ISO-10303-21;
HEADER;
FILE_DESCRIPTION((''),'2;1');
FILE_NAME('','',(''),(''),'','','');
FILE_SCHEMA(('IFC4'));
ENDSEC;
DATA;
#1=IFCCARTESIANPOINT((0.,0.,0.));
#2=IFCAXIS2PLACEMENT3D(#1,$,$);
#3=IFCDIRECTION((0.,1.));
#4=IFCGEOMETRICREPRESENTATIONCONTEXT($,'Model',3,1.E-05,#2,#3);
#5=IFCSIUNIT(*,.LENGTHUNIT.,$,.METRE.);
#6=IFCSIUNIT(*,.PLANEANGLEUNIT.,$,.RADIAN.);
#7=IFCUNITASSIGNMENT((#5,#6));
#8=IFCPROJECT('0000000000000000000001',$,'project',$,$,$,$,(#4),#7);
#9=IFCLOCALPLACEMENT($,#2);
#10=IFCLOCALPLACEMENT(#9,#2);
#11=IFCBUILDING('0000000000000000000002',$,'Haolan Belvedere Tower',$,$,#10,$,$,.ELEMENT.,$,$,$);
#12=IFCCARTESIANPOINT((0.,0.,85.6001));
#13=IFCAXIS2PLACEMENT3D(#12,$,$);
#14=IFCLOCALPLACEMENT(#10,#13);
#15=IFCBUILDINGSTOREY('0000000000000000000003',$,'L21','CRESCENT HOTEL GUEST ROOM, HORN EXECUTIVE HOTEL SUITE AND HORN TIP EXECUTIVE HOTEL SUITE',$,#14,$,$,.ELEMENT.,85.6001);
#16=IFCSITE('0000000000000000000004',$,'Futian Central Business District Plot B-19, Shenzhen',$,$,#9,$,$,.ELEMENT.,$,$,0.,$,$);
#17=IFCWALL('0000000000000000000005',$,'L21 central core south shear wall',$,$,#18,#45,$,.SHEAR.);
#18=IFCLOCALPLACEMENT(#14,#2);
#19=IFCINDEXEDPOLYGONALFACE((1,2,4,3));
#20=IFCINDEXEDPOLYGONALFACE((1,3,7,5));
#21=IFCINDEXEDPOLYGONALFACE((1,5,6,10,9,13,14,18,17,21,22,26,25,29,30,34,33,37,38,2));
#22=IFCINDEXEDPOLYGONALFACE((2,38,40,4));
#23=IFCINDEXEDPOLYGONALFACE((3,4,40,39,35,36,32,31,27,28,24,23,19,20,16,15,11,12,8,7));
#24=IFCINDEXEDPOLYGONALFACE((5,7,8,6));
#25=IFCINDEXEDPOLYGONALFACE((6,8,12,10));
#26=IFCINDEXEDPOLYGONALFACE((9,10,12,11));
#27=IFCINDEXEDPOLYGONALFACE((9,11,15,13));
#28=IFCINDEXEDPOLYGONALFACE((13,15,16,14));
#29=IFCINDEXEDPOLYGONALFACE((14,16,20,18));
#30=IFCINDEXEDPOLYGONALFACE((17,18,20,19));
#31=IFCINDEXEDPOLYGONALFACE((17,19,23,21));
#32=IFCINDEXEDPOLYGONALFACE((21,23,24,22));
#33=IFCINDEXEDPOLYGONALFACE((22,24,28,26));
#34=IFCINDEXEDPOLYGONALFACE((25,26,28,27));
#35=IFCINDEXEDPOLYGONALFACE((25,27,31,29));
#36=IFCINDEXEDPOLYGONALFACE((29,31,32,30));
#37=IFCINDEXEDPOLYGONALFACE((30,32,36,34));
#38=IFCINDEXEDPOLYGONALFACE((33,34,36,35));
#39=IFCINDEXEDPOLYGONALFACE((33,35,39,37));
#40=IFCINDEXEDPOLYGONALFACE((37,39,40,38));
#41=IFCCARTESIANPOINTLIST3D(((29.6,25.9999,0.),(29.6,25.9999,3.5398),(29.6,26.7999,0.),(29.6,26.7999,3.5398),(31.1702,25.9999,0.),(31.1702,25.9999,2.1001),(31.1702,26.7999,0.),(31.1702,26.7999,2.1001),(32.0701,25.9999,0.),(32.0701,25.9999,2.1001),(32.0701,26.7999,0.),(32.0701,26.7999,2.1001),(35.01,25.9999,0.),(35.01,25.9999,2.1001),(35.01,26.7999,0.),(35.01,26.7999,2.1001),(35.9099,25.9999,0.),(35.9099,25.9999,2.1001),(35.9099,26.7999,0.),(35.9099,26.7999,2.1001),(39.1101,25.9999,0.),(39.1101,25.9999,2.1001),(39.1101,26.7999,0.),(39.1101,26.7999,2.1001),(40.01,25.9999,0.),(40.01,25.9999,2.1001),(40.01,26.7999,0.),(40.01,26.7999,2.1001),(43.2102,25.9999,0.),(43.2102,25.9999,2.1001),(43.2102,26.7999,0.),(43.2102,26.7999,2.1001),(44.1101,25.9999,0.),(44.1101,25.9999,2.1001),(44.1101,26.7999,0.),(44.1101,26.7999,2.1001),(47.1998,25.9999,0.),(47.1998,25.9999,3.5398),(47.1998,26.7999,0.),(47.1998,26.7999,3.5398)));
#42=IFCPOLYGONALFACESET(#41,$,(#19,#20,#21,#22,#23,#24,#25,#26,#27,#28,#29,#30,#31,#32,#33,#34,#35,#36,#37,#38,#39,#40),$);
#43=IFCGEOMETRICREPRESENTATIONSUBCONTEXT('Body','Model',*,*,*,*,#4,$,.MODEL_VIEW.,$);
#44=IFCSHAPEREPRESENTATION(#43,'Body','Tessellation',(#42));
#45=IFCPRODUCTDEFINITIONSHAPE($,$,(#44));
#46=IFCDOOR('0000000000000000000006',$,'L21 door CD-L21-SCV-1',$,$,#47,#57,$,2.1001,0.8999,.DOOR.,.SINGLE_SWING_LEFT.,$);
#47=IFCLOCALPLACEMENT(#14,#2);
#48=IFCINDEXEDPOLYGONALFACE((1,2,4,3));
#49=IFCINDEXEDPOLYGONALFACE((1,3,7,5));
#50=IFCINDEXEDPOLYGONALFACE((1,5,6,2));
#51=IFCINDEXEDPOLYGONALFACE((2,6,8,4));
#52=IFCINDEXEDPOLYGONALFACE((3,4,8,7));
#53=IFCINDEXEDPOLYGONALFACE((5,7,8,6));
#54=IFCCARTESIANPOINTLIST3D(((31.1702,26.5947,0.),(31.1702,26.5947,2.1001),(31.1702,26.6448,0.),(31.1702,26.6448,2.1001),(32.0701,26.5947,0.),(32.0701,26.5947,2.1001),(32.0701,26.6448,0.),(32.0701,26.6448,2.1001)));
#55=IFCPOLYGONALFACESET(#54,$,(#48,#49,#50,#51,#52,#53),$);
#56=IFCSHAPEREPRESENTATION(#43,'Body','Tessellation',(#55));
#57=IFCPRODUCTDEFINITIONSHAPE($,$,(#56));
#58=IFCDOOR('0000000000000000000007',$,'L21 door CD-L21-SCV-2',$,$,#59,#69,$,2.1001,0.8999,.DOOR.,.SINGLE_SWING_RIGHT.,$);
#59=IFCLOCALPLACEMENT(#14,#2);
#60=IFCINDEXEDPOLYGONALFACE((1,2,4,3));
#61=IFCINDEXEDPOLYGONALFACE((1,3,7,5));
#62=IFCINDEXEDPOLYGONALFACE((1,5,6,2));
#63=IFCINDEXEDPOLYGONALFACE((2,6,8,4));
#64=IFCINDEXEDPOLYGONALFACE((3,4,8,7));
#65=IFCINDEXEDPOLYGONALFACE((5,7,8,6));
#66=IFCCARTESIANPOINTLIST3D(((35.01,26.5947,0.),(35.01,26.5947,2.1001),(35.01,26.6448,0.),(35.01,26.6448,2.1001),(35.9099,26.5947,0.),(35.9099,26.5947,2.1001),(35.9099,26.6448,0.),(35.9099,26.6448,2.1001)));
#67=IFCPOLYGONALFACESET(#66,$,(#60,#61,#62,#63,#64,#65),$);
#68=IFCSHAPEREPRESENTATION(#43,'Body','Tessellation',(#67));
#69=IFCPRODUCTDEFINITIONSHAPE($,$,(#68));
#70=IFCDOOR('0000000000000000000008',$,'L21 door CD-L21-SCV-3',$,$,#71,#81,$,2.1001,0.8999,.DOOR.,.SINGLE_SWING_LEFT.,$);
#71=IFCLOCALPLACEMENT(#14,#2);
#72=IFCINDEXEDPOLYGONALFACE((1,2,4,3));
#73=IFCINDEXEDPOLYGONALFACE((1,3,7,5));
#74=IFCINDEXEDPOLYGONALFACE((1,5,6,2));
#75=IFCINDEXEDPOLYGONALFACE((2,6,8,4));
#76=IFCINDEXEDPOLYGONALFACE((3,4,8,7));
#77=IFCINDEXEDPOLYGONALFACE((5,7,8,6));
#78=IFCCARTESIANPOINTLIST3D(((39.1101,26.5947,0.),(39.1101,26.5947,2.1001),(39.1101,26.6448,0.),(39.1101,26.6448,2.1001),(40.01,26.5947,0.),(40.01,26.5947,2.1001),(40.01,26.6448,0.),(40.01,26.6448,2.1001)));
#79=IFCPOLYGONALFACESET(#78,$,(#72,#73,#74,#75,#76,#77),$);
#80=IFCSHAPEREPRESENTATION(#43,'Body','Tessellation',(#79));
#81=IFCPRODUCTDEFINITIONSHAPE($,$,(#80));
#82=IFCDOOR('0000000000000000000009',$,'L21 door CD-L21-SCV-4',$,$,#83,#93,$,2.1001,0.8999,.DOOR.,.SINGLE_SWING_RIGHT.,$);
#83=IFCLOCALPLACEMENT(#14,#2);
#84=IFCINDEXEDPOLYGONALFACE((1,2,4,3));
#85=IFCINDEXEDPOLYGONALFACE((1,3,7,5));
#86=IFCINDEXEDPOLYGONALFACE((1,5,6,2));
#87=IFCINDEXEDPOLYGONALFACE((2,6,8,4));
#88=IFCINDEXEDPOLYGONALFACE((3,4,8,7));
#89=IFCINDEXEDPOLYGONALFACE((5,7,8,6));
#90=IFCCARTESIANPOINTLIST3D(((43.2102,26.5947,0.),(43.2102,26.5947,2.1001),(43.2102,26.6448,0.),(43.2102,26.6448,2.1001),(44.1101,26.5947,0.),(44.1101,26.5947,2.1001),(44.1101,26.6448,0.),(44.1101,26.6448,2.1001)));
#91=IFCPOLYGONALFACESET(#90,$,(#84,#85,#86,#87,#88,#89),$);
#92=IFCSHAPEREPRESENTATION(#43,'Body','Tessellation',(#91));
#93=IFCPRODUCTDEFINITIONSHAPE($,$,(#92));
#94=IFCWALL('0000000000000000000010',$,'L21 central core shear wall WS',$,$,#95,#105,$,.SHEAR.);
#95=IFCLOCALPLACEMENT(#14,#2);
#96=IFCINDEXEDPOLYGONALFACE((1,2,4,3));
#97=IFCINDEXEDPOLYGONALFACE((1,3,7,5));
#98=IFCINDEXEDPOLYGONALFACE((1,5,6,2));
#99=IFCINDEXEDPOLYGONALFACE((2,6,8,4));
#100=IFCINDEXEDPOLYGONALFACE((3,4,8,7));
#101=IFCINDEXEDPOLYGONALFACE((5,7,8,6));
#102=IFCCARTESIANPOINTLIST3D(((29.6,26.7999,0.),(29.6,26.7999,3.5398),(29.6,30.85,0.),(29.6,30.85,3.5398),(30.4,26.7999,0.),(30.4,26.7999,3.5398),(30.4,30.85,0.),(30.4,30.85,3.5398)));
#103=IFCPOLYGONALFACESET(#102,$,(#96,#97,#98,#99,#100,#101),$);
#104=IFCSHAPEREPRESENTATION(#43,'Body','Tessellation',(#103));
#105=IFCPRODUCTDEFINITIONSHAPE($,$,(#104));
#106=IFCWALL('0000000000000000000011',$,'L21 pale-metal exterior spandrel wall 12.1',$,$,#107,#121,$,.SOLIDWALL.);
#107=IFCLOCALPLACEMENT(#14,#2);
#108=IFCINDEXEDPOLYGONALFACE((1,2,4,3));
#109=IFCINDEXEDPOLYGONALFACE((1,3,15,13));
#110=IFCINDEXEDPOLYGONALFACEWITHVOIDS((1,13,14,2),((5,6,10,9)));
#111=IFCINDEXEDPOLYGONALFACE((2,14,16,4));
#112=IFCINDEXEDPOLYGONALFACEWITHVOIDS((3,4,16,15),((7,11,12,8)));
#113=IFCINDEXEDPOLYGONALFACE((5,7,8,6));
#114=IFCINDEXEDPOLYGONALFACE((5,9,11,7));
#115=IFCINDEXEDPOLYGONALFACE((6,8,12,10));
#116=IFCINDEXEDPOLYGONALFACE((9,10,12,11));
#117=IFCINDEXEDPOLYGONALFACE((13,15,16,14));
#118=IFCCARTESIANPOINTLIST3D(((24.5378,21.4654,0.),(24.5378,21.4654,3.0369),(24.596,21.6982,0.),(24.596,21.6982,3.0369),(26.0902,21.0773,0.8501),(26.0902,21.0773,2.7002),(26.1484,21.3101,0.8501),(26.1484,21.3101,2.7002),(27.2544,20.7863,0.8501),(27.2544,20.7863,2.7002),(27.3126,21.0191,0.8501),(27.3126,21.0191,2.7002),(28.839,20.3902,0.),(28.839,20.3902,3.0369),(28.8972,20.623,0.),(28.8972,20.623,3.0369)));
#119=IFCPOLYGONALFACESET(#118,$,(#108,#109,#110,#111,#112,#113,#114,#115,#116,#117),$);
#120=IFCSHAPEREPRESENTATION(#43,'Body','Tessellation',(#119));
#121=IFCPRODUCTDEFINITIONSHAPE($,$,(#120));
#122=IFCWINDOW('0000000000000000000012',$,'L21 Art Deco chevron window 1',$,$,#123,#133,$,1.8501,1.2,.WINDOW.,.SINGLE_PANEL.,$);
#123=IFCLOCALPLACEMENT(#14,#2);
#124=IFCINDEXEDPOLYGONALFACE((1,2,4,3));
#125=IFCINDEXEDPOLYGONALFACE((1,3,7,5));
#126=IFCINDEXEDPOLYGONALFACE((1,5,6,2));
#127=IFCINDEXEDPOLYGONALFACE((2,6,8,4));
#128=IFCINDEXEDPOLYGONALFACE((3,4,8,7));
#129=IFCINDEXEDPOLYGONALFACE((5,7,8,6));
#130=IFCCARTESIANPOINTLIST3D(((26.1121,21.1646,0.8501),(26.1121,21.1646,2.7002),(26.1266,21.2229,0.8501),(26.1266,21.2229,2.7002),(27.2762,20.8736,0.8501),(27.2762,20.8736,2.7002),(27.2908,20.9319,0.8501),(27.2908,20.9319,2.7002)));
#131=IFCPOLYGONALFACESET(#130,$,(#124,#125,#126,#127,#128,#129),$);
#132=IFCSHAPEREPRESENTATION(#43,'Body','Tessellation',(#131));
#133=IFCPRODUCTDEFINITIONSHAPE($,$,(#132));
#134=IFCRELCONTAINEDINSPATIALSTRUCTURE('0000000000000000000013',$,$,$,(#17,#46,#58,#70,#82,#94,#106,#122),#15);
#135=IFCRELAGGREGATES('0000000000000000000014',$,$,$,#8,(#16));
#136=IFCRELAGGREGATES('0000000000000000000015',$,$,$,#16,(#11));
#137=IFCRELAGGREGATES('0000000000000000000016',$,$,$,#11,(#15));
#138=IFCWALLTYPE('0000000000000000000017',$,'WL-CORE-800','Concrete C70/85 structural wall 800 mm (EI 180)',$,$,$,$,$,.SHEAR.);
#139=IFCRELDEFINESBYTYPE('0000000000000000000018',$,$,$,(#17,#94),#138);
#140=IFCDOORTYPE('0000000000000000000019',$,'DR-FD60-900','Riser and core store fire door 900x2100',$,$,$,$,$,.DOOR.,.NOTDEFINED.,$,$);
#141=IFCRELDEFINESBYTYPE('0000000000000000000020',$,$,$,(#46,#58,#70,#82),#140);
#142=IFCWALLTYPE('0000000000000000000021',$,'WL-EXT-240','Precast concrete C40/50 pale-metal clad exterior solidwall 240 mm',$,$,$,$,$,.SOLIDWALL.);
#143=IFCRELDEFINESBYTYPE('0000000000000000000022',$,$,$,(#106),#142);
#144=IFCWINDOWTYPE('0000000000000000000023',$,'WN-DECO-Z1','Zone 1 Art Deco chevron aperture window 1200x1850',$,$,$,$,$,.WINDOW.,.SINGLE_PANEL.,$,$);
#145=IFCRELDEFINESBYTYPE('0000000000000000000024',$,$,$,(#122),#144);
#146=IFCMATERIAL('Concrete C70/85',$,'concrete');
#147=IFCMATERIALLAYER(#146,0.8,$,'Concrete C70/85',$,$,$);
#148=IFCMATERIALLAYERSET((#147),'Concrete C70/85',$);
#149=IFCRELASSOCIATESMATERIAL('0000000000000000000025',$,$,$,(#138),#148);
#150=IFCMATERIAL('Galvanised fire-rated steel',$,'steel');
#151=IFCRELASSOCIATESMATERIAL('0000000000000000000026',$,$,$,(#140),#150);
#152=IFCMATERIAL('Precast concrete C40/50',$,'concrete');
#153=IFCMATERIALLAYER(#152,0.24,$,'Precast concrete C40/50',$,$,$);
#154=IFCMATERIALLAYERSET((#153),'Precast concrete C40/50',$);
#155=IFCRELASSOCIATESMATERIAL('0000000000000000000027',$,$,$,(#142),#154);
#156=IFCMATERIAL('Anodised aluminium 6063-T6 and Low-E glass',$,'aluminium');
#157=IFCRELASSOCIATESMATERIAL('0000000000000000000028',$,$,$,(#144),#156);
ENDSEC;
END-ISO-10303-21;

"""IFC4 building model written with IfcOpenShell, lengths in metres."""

from ifc_helpers import new_model, si_unit, direction, frame, frame_2d, origin, place, context, subcontext, project, spatial, rectangle, extrude, material, layer, layer_set, type_object, element, fill, save


model = new_model("IFC4")

# Units and contexts
model_context = context("Model", 3, precision=1e-05, world=origin(), true_north=direction((0.0, 1.0)))
body_context = subcontext(model_context, "Body", "Model", "MODEL_VIEW")
ifc_project = project(units=[si_unit("LENGTHUNIT", "METRE"), si_unit("PLANEANGLEUNIT", "RADIAN")], contexts=[model_context])

# Site, building, storey
site_placement = place(None, origin())
site = spatial("IfcSite", under=ifc_project, at=site_placement, Name="Futian Central Business District Plot B-19, Shenzhen", CompositionType="ELEMENT", RefElevation=0.0)
building_placement = place(site_placement, origin())
building = spatial("IfcBuilding", under=site, at=building_placement, Name="Haolan Belvedere Tower", CompositionType="ELEMENT")
storey_placement = place(building_placement, frame((0.0, 0.0, 85.6001)))
storey = spatial("IfcBuildingStorey", under=building, at=storey_placement, Name="L21", Description="CRESCENT HOTEL GUEST ROOM, HORN EXECUTIVE HOTEL SUITE AND HORN TIP EXECUTIVE HOTEL SUITE", CompositionType="ELEMENT", Elevation=85.6001)

# Wall, openings, doors
ifc_material_1 = material(Name="Concrete C70/85", Category="concrete")
ifc_layer_1 = layer(ifc_material_1, 0.8, Name="Concrete C70/85")
ifc_layer_set_1 = layer_set([ifc_layer_1], Name="Concrete C70/85")
wall_type_1 = type_object("IfcWallType", Name="WL-CORE-800", Description="Concrete C70/85 structural wall 800 mm (EI 180)", PredefinedType="SHEAR", material=ifc_layer_set_1)
wall_1_placement = place(storey_placement, frame((29.6001, 26.3999, 0.0), z_axis=(0.0, 0.0, 1.0), x_axis=(1.0, 0.0, 0.0)))
wall_1 = element("IfcWall", 1, at=wall_1_placement, inside=storey, type_object=wall_type_1, Name="L21 central core south shear wall", PredefinedType="SHEAR", context=body_context, shape_type="SweptSolid", body=[
    extrude(rectangle(XDim=17.5999, YDim=0.8, at=frame_2d((8.7998, 0.0))), origin(), (0.0, 0.0, 1.0), 3.5398),
])
opening_1_placement = place(wall_1_placement, frame((2.47, 0.0, 0.0), z_axis=(0.0, 0.0, 1.0), x_axis=(-1.0, 0.0, 0.0)))
opening_1 = element("IfcOpeningElement", 2, at=opening_1_placement, cuts=wall_1, PredefinedType="OPENING", context=body_context, shape_type="SweptSolid", body=[
    extrude(rectangle(XDim=0.8999, YDim=2.1001, at=frame_2d((0.45, 1.05))), frame((0.0, 0.4099, 0.0), z_axis=(0.0, -1.0, 0.0), x_axis=(1.0, 0.0, 0.0)), (0.0, 0.0, 1.0), 0.8201),
])
opening_2_placement = place(wall_1_placement, frame((6.3098, 0.0, 0.0), z_axis=(0.0, 0.0, 1.0), x_axis=(-1.0, 0.0, 0.0)))
opening_2 = element("IfcOpeningElement", 3, at=opening_2_placement, cuts=wall_1, PredefinedType="OPENING", context=body_context, shape_type="SweptSolid", body=[
    extrude(rectangle(XDim=0.8999, YDim=2.1001, at=frame_2d((0.45, 1.05))), frame((0.0, 0.4099, 0.0), z_axis=(0.0, -1.0, 0.0), x_axis=(1.0, 0.0, 0.0)), (0.0, 0.0, 1.0), 0.8201),
])
opening_3_placement = place(wall_1_placement, frame((10.4099, 0.0, 0.0), z_axis=(0.0, 0.0, 1.0), x_axis=(-1.0, 0.0, 0.0)))
opening_3 = element("IfcOpeningElement", 4, at=opening_3_placement, cuts=wall_1, PredefinedType="OPENING", context=body_context, shape_type="SweptSolid", body=[
    extrude(rectangle(XDim=0.8999, YDim=2.1001, at=frame_2d((0.45, 1.05))), frame((0.0, 0.4099, 0.0), z_axis=(0.0, -1.0, 0.0), x_axis=(1.0, 0.0, 0.0)), (0.0, 0.0, 1.0), 0.8201),
])
opening_4_placement = place(wall_1_placement, frame((14.51, 0.0, 0.0), z_axis=(0.0, 0.0, 1.0), x_axis=(-1.0, 0.0, 0.0)))
opening_4 = element("IfcOpeningElement", 5, at=opening_4_placement, cuts=wall_1, PredefinedType="OPENING", context=body_context, shape_type="SweptSolid", body=[
    extrude(rectangle(XDim=0.8999, YDim=2.1001, at=frame_2d((0.45, 1.05))), frame((0.0, 0.4099, 0.0), z_axis=(0.0, -1.0, 0.0), x_axis=(1.0, 0.0, 0.0)), (0.0, 0.0, 1.0), 0.8201),
])
ifc_material_2 = material(Name="Galvanised fire-rated steel", Category="steel")
door_type_1 = type_object("IfcDoorType", Name="DR-FD60-900", Description="Riser and core store fire door 900x2100", OperationType="NOTDEFINED", PredefinedType="DOOR", material=ifc_material_2)
door_1_placement = place(opening_1_placement, origin())
door_1 = element("IfcDoor", 6, at=door_1_placement, inside=storey, type_object=door_type_1, Name="L21 door CD-L21-SCV-1", OperationType="SINGLE_SWING_LEFT", OverallHeight=2.1001, OverallWidth=0.8999, PredefinedType="DOOR", context=body_context, shape_type="SweptSolid", body=[
    extrude(rectangle(XDim=0.8999, YDim=2.1001, at=frame_2d((0.45, 1.05))), frame((0.0, -0.1948, 0.0), z_axis=(0.0, -1.0, 0.0), x_axis=(1.0, 0.0, 0.0)), (0.0, 0.0, 1.0), 0.05),
])
fill(opening_1, door_1)
door_2_placement = place(opening_2_placement, origin())
door_2 = element("IfcDoor", 7, at=door_2_placement, inside=storey, type_object=door_type_1, Name="L21 door CD-L21-SCV-2", OperationType="SINGLE_SWING_RIGHT", OverallHeight=2.1001, OverallWidth=0.8999, PredefinedType="DOOR", context=body_context, shape_type="SweptSolid", body=[
    extrude(rectangle(XDim=0.8999, YDim=2.1001, at=frame_2d((0.45, 1.05))), frame((0.0, -0.1948, 0.0), z_axis=(0.0, -1.0, 0.0), x_axis=(1.0, 0.0, 0.0)), (0.0, 0.0, 1.0), 0.05),
])
fill(opening_2, door_2)
door_3_placement = place(opening_3_placement, origin())
door_3 = element("IfcDoor", 8, at=door_3_placement, inside=storey, type_object=door_type_1, Name="L21 door CD-L21-SCV-3", OperationType="SINGLE_SWING_LEFT", OverallHeight=2.1001, OverallWidth=0.8999, PredefinedType="DOOR", context=body_context, shape_type="SweptSolid", body=[
    extrude(rectangle(XDim=0.8999, YDim=2.1001, at=frame_2d((0.45, 1.05))), frame((0.0, -0.1948, 0.0), z_axis=(0.0, -1.0, 0.0), x_axis=(1.0, 0.0, 0.0)), (0.0, 0.0, 1.0), 0.05),
])
fill(opening_3, door_3)
door_4_placement = place(opening_4_placement, origin())
door_4 = element("IfcDoor", 9, at=door_4_placement, inside=storey, type_object=door_type_1, Name="L21 door CD-L21-SCV-4", OperationType="SINGLE_SWING_RIGHT", OverallHeight=2.1001, OverallWidth=0.8999, PredefinedType="DOOR", context=body_context, shape_type="SweptSolid", body=[
    extrude(rectangle(XDim=0.8999, YDim=2.1001, at=frame_2d((0.45, 1.05))), frame((0.0, -0.1948, 0.0), z_axis=(0.0, -1.0, 0.0), x_axis=(1.0, 0.0, 0.0)), (0.0, 0.0, 1.0), 0.05),
])
fill(opening_4, door_4)

# Wall
wall_2_placement = place(storey_placement, frame((30.0, 26.8, 0.0), z_axis=(0.0, 0.0, 1.0), x_axis=(0.0, 1.0, 0.0)))
element("IfcWall", 10, at=wall_2_placement, inside=storey, type_object=wall_type_1, Name="L21 central core shear wall WS", PredefinedType="SHEAR", context=body_context, shape_type="SweptSolid", body=[
    extrude(rectangle(XDim=4.05, YDim=0.8, at=frame_2d((2.0249, 0.0))), origin(), (0.0, 0.0, 1.0), 3.5398),
])

# Wall, opening, window
ifc_material_3 = material(Name="Precast concrete C40/50", Category="concrete")
ifc_layer_2 = layer(ifc_material_3, 0.24, Name="Precast concrete C40/50")
ifc_layer_set_2 = layer_set([ifc_layer_2], Name="Precast concrete C40/50")
wall_type_2 = type_object("IfcWallType", Name="WL-EXT-240", Description="Precast concrete C40/50 pale-metal clad exterior solidwall 240 mm", PredefinedType="SOLIDWALL", material=ifc_layer_set_2)
wall_3_placement = place(storey_placement, frame((24.5669, 21.5818, 0.0), z_axis=(0.0, 0.0, 1.0), x_axis=(0.970149, -0.24251, 0.0)))
wall_3 = element("IfcWall", 11, at=wall_3_placement, inside=storey, type_object=wall_type_2, Name="L21 pale-metal exterior spandrel wall 12.1", PredefinedType="SOLIDWALL", context=body_context, shape_type="SweptSolid", body=[
    extrude(rectangle(XDim=4.4336, YDim=0.24, at=frame_2d((2.2168, 0.0))), origin(), (0.0, 0.0, 1.0), 3.0369),
])
opening_5_placement = place(wall_3_placement, frame((1.6001, 0.0, 0.8501)))
opening_5 = element("IfcOpeningElement", 12, at=opening_5_placement, cuts=wall_3, PredefinedType="OPENING", context=body_context, shape_type="SweptSolid", body=[
    extrude(rectangle(XDim=1.2, YDim=1.8501, at=frame_2d((0.6001, 0.925))), frame((0.0, 0.1299, 0.0), z_axis=(0.0, -1.0, 0.0), x_axis=(1.0, 0.0, 0.0)), (0.0, 0.0, 1.0), 0.26),
])
ifc_material_4 = material(Name="Anodised aluminium 6063-T6 and Low-E glass", Category="aluminium")
window_type = type_object("IfcWindowType", Name="WN-DECO-Z1", Description="Zone 1 Art Deco chevron aperture window 1200x1850", PartitioningType="SINGLE_PANEL", PredefinedType="WINDOW", material=ifc_material_4)
window_placement = place(opening_5_placement, origin())
window = element("IfcWindow", 13, at=window_placement, inside=storey, type_object=window_type, Name="L21 Art Deco chevron window 1", OverallHeight=1.8501, OverallWidth=1.2, PartitioningType="SINGLE_PANEL", PredefinedType="WINDOW", context=body_context, shape_type="SweptSolid", body=[
    extrude(rectangle(XDim=1.2, YDim=1.8501, at=frame_2d((0.6001, 0.925))), frame((0.0, 0.03, 0.0), z_axis=(0.0, -1.0, 0.0), x_axis=(1.0, 0.0, 0.0)), (0.0, 0.0, 1.0), 0.0601),
])
fill(opening_5, window)

save(model, "model.ifc")
